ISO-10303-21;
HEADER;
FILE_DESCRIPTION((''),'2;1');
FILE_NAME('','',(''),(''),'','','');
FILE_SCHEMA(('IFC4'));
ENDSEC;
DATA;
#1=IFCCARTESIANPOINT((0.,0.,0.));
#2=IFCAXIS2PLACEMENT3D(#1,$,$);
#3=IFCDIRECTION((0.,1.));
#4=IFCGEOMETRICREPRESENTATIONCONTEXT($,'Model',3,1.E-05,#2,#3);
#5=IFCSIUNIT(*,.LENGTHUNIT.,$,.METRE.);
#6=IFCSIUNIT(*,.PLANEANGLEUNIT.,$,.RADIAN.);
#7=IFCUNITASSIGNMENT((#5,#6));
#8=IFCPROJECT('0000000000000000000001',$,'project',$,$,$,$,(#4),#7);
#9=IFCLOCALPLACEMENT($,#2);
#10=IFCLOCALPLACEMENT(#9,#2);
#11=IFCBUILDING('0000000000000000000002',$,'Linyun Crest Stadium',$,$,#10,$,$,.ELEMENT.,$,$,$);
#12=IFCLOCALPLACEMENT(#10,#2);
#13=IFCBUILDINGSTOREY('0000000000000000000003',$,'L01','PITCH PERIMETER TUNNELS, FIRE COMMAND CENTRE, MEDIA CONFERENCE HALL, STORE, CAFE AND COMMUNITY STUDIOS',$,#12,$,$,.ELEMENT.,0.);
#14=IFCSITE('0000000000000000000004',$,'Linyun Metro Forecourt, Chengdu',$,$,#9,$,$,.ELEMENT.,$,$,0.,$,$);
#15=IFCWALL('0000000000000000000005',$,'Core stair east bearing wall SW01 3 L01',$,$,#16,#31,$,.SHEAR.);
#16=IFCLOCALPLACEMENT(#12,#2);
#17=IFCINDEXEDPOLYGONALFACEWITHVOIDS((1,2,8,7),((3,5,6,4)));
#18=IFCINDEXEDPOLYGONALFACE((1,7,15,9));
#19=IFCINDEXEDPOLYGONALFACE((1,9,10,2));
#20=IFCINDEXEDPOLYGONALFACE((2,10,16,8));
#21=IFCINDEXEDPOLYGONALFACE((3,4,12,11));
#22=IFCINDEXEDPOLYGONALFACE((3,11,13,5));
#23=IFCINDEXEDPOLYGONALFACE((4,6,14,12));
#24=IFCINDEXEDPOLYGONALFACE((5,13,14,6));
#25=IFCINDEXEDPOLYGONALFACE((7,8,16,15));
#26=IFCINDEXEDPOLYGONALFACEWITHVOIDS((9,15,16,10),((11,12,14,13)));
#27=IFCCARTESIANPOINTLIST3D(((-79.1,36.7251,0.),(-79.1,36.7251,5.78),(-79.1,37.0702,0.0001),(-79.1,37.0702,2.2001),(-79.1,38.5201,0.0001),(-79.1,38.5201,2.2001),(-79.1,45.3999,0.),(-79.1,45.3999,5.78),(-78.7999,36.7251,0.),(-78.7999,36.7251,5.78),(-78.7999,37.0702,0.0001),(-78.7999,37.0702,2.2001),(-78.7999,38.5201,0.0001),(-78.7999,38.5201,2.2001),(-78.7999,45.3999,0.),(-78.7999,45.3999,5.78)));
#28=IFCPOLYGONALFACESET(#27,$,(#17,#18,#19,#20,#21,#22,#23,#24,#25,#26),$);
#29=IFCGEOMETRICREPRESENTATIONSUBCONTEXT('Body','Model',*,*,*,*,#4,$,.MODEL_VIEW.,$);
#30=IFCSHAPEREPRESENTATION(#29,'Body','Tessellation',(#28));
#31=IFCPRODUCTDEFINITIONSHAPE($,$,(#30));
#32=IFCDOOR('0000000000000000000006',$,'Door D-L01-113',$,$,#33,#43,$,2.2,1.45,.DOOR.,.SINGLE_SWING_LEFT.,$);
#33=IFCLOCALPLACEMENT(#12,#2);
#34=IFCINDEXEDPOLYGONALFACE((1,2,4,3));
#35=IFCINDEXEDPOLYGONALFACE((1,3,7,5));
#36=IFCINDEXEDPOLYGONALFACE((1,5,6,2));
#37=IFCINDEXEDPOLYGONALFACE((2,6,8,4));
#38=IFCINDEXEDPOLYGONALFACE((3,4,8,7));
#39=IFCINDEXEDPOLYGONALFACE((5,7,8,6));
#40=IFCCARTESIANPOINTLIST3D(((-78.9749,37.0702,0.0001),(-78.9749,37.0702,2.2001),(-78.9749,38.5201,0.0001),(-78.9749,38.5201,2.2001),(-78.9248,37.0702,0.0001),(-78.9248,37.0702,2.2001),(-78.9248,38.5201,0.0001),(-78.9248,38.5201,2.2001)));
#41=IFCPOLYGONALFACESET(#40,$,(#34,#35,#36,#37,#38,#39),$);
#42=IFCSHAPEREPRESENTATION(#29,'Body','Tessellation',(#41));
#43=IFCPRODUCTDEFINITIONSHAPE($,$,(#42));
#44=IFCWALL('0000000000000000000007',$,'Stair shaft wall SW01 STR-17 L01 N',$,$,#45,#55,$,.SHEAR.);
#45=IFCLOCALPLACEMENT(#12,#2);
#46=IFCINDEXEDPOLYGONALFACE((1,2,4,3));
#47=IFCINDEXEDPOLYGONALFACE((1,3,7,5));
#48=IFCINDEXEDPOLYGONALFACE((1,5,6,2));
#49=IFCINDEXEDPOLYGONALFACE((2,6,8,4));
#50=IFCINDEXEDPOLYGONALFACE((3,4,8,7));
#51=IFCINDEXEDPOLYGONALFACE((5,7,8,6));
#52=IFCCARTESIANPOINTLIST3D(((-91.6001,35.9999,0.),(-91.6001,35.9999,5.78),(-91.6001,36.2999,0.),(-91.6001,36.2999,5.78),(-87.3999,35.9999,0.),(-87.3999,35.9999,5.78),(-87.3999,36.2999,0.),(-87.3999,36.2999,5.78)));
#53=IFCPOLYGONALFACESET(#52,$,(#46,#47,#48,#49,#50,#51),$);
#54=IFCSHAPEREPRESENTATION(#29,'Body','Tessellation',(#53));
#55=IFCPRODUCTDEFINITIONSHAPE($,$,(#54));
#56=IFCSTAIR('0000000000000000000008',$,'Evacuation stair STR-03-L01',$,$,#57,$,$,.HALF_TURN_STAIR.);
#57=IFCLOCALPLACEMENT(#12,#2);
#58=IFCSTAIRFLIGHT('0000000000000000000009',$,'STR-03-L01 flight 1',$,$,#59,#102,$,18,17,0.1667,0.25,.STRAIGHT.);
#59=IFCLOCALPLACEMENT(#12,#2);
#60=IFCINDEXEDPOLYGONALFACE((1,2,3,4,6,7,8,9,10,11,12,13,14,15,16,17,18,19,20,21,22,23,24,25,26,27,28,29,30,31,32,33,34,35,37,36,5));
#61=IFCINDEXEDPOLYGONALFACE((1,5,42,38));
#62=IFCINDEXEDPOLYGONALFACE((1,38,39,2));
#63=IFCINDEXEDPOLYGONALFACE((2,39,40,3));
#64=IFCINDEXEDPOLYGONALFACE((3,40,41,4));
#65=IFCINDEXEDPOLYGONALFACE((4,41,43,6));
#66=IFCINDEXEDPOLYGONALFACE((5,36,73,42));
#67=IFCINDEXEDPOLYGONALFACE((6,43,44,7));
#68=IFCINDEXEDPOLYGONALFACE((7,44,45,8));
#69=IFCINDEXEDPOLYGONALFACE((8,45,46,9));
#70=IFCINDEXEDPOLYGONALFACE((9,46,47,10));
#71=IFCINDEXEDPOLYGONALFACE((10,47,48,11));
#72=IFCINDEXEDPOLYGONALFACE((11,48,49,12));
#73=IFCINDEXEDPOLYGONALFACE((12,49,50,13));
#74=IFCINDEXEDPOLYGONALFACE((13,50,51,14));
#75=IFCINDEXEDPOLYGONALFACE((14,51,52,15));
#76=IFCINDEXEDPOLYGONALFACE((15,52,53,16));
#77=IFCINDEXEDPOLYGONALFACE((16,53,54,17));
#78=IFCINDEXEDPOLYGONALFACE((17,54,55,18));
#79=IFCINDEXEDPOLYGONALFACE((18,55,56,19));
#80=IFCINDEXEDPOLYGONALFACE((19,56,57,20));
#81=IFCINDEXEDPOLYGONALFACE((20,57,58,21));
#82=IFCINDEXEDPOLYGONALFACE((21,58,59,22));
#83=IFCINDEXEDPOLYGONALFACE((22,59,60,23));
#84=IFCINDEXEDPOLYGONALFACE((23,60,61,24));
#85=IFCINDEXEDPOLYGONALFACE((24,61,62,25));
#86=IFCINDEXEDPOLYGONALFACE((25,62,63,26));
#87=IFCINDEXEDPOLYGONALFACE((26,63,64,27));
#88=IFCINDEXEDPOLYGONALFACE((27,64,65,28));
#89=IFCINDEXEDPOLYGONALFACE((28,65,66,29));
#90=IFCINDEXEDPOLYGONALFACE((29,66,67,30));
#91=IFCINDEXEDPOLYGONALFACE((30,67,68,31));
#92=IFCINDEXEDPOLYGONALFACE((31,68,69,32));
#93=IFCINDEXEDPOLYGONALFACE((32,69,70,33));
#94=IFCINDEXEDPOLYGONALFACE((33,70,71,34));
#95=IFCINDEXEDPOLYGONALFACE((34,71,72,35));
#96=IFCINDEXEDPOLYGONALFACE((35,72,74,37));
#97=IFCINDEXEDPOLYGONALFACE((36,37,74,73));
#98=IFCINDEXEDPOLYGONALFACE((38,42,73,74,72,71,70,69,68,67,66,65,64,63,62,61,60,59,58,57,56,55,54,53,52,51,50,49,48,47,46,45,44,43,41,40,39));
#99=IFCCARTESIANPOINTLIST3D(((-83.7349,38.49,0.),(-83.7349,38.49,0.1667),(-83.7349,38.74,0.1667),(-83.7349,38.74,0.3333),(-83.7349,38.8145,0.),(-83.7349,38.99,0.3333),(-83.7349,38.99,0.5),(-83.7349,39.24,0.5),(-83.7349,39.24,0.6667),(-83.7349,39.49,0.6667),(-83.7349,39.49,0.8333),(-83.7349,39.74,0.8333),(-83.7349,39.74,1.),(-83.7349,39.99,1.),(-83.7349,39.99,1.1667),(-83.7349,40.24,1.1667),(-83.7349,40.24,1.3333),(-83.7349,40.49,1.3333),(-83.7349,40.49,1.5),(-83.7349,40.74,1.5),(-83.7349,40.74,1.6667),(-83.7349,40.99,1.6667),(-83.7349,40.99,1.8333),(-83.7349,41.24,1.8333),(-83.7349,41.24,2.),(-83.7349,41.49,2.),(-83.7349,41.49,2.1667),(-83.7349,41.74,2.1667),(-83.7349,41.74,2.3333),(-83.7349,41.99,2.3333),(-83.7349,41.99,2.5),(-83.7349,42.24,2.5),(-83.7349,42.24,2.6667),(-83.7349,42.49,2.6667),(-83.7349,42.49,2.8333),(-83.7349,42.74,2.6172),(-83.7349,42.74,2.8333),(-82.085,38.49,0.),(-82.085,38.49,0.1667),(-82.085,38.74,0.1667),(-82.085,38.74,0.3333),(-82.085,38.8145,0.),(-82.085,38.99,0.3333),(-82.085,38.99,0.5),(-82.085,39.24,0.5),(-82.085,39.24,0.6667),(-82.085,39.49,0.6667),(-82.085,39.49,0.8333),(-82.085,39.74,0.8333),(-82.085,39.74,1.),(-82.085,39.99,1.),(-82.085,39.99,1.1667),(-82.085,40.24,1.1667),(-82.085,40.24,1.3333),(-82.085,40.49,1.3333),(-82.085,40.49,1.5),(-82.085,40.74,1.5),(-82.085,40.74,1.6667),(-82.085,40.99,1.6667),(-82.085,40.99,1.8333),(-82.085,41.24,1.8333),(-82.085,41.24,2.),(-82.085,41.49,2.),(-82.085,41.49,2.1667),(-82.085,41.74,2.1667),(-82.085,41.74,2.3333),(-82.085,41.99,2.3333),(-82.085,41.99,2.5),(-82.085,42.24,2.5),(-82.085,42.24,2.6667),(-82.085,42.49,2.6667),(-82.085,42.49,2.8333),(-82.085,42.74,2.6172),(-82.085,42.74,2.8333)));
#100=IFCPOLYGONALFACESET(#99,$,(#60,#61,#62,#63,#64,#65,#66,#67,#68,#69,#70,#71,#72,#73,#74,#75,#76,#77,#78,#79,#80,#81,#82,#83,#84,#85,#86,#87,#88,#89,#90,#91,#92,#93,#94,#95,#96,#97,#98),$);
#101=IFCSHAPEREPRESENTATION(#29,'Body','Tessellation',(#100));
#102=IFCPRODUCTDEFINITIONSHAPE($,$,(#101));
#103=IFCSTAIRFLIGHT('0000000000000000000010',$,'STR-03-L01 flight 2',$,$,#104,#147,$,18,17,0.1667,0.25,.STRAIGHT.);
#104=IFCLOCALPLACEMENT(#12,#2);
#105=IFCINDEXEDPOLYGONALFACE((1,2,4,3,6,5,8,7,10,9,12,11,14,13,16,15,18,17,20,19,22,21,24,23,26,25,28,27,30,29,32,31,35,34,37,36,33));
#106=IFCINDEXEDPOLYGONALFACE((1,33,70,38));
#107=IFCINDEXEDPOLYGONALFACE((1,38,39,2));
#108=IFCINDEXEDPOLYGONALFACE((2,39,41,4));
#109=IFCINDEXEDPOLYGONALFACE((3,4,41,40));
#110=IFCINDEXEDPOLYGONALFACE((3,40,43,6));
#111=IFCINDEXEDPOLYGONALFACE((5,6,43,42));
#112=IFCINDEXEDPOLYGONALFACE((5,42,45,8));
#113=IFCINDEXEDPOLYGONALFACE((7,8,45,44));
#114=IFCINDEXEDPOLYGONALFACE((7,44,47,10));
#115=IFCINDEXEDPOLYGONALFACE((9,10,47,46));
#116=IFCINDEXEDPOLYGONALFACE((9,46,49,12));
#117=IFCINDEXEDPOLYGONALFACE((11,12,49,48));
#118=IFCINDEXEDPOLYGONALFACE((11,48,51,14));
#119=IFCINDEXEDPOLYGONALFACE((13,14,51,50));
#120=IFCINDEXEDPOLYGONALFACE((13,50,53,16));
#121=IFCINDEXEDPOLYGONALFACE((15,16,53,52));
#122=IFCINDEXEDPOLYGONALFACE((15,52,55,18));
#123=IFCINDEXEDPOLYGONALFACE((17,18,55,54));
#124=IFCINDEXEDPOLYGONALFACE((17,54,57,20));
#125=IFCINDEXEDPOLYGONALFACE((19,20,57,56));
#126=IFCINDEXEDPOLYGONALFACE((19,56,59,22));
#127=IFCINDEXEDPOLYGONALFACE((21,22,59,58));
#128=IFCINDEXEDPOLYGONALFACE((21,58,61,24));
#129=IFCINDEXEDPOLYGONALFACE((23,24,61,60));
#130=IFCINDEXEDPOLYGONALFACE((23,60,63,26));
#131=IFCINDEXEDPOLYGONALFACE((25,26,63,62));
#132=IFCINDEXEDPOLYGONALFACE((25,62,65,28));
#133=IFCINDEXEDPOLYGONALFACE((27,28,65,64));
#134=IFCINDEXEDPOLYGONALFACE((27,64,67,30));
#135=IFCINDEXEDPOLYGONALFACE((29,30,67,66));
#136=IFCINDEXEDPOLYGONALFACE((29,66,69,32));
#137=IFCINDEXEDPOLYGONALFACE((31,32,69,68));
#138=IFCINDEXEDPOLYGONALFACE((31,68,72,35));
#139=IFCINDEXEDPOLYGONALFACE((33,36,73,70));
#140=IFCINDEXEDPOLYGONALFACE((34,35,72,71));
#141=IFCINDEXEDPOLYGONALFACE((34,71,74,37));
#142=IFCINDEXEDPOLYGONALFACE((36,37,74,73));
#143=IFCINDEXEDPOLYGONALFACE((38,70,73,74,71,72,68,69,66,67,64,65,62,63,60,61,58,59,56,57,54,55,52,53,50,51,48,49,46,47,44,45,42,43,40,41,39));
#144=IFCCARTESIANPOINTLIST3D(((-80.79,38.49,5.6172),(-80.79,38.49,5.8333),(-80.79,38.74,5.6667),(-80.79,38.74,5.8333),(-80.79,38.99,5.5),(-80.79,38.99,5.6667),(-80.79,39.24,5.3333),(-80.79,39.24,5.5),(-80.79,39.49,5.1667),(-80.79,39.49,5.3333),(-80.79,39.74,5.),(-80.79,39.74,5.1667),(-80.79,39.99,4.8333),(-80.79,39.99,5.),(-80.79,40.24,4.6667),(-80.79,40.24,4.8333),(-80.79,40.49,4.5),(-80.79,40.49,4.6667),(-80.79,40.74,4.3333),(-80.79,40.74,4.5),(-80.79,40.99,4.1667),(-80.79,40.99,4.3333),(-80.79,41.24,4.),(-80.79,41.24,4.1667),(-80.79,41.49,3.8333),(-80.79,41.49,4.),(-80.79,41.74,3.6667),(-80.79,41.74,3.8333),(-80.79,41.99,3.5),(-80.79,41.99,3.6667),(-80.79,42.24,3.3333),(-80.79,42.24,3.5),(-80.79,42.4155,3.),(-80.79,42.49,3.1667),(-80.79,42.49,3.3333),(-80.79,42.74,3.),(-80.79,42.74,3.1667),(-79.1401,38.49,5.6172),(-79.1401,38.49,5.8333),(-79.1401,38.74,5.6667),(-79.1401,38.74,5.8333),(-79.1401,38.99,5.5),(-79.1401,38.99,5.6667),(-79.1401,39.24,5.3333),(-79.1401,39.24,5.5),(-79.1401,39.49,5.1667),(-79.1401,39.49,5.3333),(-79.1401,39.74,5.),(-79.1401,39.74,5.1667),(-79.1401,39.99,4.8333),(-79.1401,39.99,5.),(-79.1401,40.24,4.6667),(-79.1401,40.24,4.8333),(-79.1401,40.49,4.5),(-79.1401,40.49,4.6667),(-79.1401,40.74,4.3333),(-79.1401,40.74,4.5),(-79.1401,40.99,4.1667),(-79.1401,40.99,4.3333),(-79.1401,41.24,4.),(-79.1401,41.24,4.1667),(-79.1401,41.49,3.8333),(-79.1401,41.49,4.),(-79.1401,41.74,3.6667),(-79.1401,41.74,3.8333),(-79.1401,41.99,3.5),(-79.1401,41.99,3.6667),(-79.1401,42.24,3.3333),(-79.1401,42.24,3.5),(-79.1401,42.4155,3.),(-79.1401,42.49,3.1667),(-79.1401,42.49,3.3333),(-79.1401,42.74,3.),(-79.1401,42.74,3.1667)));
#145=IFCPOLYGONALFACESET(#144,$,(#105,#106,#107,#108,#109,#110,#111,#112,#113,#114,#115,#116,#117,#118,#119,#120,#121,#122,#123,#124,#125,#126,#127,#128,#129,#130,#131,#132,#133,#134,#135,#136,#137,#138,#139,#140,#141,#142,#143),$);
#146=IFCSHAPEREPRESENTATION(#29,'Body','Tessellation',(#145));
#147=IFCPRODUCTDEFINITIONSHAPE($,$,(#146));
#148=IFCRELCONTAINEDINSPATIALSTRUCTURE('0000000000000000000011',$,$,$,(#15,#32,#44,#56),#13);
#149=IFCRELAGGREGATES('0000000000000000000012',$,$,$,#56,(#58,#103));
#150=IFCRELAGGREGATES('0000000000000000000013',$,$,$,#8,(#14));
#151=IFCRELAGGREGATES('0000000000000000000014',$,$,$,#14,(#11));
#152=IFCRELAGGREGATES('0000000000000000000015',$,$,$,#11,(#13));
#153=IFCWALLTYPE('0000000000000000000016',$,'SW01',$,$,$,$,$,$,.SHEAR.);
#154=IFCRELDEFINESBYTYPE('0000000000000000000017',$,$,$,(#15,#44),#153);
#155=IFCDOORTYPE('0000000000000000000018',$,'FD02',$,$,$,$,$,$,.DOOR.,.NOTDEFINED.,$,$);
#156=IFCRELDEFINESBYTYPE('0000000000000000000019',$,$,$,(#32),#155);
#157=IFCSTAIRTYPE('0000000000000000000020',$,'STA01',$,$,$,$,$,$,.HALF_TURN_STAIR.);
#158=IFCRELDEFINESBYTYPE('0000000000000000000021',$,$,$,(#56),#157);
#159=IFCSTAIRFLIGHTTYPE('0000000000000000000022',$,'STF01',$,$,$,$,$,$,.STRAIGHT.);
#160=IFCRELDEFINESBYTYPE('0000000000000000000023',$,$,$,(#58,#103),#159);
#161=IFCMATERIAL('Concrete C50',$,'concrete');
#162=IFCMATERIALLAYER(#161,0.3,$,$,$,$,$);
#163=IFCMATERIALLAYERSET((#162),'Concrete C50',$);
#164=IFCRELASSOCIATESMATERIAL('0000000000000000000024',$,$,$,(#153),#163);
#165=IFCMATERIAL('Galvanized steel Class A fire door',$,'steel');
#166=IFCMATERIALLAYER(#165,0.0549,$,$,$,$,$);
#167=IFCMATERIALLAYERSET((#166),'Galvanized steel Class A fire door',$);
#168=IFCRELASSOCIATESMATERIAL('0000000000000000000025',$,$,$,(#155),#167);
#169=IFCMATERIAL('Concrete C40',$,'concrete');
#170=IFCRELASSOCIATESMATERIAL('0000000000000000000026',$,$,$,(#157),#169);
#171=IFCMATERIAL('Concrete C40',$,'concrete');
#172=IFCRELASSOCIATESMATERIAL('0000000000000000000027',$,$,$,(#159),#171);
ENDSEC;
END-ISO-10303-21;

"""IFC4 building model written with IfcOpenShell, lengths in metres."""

from ifc_helpers import new_model, si_unit, direction, frame, frame_2d, origin, place, context, subcontext, project, spatial, polyline, rectangle, outline, extrude, material, layer, layer_set, type_object, element, fill, aggregate, save


model = new_model("IFC4")

# Units and contexts
model_context = context("Model", 3, precision=1e-05, world=origin(), true_north=direction((0.0, 1.0)))
body_context = subcontext(model_context, "Body", "Model", "MODEL_VIEW")
ifc_project = project(units=[si_unit("LENGTHUNIT", "METRE"), si_unit("PLANEANGLEUNIT", "RADIAN")], contexts=[model_context])

# Site, building, storey
site_placement = place(None, origin())
site = spatial("IfcSite", under=ifc_project, at=site_placement, Name="Linyun Metro Forecourt, Chengdu", CompositionType="ELEMENT", RefElevation=0.0)
building_placement = place(site_placement, origin())
building = spatial("IfcBuilding", under=site, at=building_placement, Name="Linyun Crest Stadium", CompositionType="ELEMENT")
storey_placement = place(building_placement, origin())
storey = spatial("IfcBuildingStorey", under=building, at=storey_placement, Name="L01", Description="PITCH PERIMETER TUNNELS, FIRE COMMAND CENTRE, MEDIA CONFERENCE HALL, STORE, CAFE AND COMMUNITY STUDIOS", CompositionType="ELEMENT", Elevation=0.0)

# Wall, opening, door
ifc_material_1 = material(Name="Concrete C50", Category="concrete")
ifc_layer_1 = layer(ifc_material_1, 0.3)
ifc_layer_set_1 = layer_set([ifc_layer_1], Name="Concrete C50")
wall_type_1 = type_object("IfcWallType", Name="SW01", PredefinedType="SHEAR", material=ifc_layer_set_1)
wall_1_placement = place(storey_placement, frame((-78.95, 36.7251, 0.0), z_axis=(0.0, 0.0, 1.0), x_axis=(0.0, 1.0, 0.0)))
wall_1 = element("IfcWall", 1, at=wall_1_placement, inside=storey, type_object=wall_type_1, Name="Core stair east bearing wall SW01 3 L01", PredefinedType="SHEAR", context=body_context, shape_type="SweptSolid", body=[
    extrude(rectangle(XDim=8.6748, YDim=0.3, at=frame_2d((4.3374, 0.0))), origin(), (0.0, 0.0, 1.0), 5.78),
])
opening_1_placement = place(wall_1_placement, frame((0.345, 0.0, 0.0)))
opening_1 = element("IfcOpeningElement", 2, at=opening_1_placement, cuts=wall_1, PredefinedType="OPENING", context=body_context, shape_type="SweptSolid", body=[
    extrude(rectangle(XDim=1.45, YDim=2.2, at=frame_2d((0.7251, 1.1001))), frame((0.0, 0.1599, 0.0), z_axis=(0.0, -1.0, 0.0), x_axis=(1.0, 0.0, 0.0)), (0.0, 0.0, 1.0), 0.3201),
])
ifc_material_2 = material(Name="Galvanized steel Class A fire door", Category="steel")
ifc_layer_2 = layer(ifc_material_2, 0.0549)
ifc_layer_set_2 = layer_set([ifc_layer_2], Name="Galvanized steel Class A fire door")
door_type_1 = type_object("IfcDoorType", Name="FD02", OperationType="NOTDEFINED", PredefinedType="DOOR", material=ifc_layer_set_2)
door_1_placement = place(opening_1_placement, origin())
door_1 = element("IfcDoor", 3, at=door_1_placement, inside=storey, type_object=door_type_1, Name="Door D-L01-113", OperationType="SINGLE_SWING_LEFT", OverallHeight=2.2, OverallWidth=1.45, PredefinedType="DOOR", context=body_context, shape_type="SweptSolid", body=[
    extrude(rectangle(XDim=1.45, YDim=2.2, at=frame_2d((0.7251, 1.1001))), frame((0.0, 0.0249, 0.0), z_axis=(0.0, -1.0, 0.0), x_axis=(1.0, 0.0, 0.0)), (0.0, 0.0, 1.0), 0.05),
])
fill(opening_1, door_1)

# Wall
wall_2_placement = place(storey_placement, frame((-91.6001, 36.1499, 0.0), z_axis=(0.0, 0.0, 1.0), x_axis=(1.0, 0.0, 0.0)))
element("IfcWall", 4, at=wall_2_placement, inside=storey, type_object=wall_type_1, Name="Stair shaft wall SW01 STR-17 L01 N", PredefinedType="SHEAR", context=body_context, shape_type="SweptSolid", body=[
    extrude(rectangle(XDim=4.2002, YDim=0.3, at=frame_2d((2.1001, 0.0))), origin(), (0.0, 0.0, 1.0), 5.78),
])

# Stair, stair flights
ifc_material_3 = material(Name="Concrete C40", Category="concrete")
stair_type = type_object("IfcStairType", Name="STA01", PredefinedType="HALF_TURN_STAIR", material=ifc_material_3)
stair_1_placement = place(storey_placement, origin())
stair_1 = element("IfcStair", 5, at=stair_1_placement, inside=storey, type_object=stair_type, Name="Evacuation stair STR-03-L01", PredefinedType="HALF_TURN_STAIR")
ifc_material_4 = material(Name="Concrete C40", Category="concrete")
stair_flight_type_1 = type_object("IfcStairFlightType", Name="STF01", PredefinedType="STRAIGHT", material=ifc_material_4)
stair_flight_1_placement = place(storey_placement, frame((-82.9099, 38.49, 0.0), z_axis=(0.0, 0.0, 1.0), x_axis=(0.0, 1.0, 0.0)))
stair_flight_1 = element("IfcStairFlight", 6, at=stair_flight_1_placement, type_object=stair_flight_type_1, Name="STR-03-L01 flight 1", NumberOfRisers=18, NumberOfTreads=17, PredefinedType="STRAIGHT", RiserHeight=0.1667, TreadLength=0.25, context=body_context, shape_type="SweptSolid", body=[
    extrude(outline(polyline([(0.0, 0.0), (0.0, 0.1667), (0.25, 0.1667), (0.25, 0.3333), (0.5, 0.3333), (0.5, 0.5), (0.75, 0.5), (0.75, 0.6667), (1.0, 0.6667), (1.0, 0.8333), (1.25, 0.8333), (1.25, 1.0), (1.5, 1.0), (1.5, 1.1667), (1.75, 1.1667), (1.75, 1.3333), (2.0, 1.3333), (2.0, 1.5), (2.25, 1.5), (2.25, 1.6667), (2.5, 1.6667), (2.5, 1.8333), (2.75, 1.8333), (2.75, 2.0), (3.0, 2.0), (3.0, 2.1667), (3.25, 2.1667), (3.25, 2.3333), (3.5, 2.3333), (3.5, 2.5), (3.75, 2.5), (3.75, 2.6667), (4.0, 2.6667), (4.0, 2.8333), (4.25, 2.8333), (4.25, 3.0), (4.25, 2.6172), (0.3245, 0.0), (0.0, 0.0)])), frame((0.0, 0.825, 0.0), z_axis=(0.0, -1.0, 0.0), x_axis=(1.0, 0.0, 0.0)), (0.0, 0.0, 1.0), 1.6499),
])
stair_flight_2_placement = place(storey_placement, frame((-79.9651, 42.74, 3.0), z_axis=(0.0, 0.0, 1.0), x_axis=(0.0, -1.0, 0.0)))
stair_flight_2 = element("IfcStairFlight", 7, at=stair_flight_2_placement, type_object=stair_flight_type_1, Name="STR-03-L01 flight 2", NumberOfRisers=18, NumberOfTreads=17, PredefinedType="STRAIGHT", RiserHeight=0.1667, TreadLength=0.25, context=body_context, shape_type="SweptSolid", body=[
    extrude(outline(polyline([(0.0, 0.0), (0.0, 0.1667), (0.25, 0.1667), (0.25, 0.3333), (0.5, 0.3333), (0.5, 0.5), (0.75, 0.5), (0.75, 0.6667), (1.0, 0.6667), (1.0, 0.8333), (1.25, 0.8333), (1.25, 1.0), (1.5, 1.0), (1.5, 1.1667), (1.75, 1.1667), (1.75, 1.3333), (2.0, 1.3333), (2.0, 1.5), (2.25, 1.5), (2.25, 1.6667), (2.5, 1.6667), (2.5, 1.8333), (2.75, 1.8333), (2.75, 2.0), (3.0, 2.0), (3.0, 2.1667), (3.25, 2.1667), (3.25, 2.3333), (3.5, 2.3333), (3.5, 2.5), (3.75, 2.5), (3.75, 2.6667), (4.0, 2.6667), (4.0, 2.8333), (4.25, 2.8333), (4.25, 3.0), (4.25, 2.6172), (0.3245, 0.0), (0.0, 0.0)])), frame((0.0, 0.825, 0.0), z_axis=(0.0, -1.0, 0.0), x_axis=(1.0, 0.0, 0.0)), (0.0, 0.0, 1.0), 1.6499),
])
aggregate(stair_1, [stair_flight_1, stair_flight_2])

save(model, "model.ifc")
